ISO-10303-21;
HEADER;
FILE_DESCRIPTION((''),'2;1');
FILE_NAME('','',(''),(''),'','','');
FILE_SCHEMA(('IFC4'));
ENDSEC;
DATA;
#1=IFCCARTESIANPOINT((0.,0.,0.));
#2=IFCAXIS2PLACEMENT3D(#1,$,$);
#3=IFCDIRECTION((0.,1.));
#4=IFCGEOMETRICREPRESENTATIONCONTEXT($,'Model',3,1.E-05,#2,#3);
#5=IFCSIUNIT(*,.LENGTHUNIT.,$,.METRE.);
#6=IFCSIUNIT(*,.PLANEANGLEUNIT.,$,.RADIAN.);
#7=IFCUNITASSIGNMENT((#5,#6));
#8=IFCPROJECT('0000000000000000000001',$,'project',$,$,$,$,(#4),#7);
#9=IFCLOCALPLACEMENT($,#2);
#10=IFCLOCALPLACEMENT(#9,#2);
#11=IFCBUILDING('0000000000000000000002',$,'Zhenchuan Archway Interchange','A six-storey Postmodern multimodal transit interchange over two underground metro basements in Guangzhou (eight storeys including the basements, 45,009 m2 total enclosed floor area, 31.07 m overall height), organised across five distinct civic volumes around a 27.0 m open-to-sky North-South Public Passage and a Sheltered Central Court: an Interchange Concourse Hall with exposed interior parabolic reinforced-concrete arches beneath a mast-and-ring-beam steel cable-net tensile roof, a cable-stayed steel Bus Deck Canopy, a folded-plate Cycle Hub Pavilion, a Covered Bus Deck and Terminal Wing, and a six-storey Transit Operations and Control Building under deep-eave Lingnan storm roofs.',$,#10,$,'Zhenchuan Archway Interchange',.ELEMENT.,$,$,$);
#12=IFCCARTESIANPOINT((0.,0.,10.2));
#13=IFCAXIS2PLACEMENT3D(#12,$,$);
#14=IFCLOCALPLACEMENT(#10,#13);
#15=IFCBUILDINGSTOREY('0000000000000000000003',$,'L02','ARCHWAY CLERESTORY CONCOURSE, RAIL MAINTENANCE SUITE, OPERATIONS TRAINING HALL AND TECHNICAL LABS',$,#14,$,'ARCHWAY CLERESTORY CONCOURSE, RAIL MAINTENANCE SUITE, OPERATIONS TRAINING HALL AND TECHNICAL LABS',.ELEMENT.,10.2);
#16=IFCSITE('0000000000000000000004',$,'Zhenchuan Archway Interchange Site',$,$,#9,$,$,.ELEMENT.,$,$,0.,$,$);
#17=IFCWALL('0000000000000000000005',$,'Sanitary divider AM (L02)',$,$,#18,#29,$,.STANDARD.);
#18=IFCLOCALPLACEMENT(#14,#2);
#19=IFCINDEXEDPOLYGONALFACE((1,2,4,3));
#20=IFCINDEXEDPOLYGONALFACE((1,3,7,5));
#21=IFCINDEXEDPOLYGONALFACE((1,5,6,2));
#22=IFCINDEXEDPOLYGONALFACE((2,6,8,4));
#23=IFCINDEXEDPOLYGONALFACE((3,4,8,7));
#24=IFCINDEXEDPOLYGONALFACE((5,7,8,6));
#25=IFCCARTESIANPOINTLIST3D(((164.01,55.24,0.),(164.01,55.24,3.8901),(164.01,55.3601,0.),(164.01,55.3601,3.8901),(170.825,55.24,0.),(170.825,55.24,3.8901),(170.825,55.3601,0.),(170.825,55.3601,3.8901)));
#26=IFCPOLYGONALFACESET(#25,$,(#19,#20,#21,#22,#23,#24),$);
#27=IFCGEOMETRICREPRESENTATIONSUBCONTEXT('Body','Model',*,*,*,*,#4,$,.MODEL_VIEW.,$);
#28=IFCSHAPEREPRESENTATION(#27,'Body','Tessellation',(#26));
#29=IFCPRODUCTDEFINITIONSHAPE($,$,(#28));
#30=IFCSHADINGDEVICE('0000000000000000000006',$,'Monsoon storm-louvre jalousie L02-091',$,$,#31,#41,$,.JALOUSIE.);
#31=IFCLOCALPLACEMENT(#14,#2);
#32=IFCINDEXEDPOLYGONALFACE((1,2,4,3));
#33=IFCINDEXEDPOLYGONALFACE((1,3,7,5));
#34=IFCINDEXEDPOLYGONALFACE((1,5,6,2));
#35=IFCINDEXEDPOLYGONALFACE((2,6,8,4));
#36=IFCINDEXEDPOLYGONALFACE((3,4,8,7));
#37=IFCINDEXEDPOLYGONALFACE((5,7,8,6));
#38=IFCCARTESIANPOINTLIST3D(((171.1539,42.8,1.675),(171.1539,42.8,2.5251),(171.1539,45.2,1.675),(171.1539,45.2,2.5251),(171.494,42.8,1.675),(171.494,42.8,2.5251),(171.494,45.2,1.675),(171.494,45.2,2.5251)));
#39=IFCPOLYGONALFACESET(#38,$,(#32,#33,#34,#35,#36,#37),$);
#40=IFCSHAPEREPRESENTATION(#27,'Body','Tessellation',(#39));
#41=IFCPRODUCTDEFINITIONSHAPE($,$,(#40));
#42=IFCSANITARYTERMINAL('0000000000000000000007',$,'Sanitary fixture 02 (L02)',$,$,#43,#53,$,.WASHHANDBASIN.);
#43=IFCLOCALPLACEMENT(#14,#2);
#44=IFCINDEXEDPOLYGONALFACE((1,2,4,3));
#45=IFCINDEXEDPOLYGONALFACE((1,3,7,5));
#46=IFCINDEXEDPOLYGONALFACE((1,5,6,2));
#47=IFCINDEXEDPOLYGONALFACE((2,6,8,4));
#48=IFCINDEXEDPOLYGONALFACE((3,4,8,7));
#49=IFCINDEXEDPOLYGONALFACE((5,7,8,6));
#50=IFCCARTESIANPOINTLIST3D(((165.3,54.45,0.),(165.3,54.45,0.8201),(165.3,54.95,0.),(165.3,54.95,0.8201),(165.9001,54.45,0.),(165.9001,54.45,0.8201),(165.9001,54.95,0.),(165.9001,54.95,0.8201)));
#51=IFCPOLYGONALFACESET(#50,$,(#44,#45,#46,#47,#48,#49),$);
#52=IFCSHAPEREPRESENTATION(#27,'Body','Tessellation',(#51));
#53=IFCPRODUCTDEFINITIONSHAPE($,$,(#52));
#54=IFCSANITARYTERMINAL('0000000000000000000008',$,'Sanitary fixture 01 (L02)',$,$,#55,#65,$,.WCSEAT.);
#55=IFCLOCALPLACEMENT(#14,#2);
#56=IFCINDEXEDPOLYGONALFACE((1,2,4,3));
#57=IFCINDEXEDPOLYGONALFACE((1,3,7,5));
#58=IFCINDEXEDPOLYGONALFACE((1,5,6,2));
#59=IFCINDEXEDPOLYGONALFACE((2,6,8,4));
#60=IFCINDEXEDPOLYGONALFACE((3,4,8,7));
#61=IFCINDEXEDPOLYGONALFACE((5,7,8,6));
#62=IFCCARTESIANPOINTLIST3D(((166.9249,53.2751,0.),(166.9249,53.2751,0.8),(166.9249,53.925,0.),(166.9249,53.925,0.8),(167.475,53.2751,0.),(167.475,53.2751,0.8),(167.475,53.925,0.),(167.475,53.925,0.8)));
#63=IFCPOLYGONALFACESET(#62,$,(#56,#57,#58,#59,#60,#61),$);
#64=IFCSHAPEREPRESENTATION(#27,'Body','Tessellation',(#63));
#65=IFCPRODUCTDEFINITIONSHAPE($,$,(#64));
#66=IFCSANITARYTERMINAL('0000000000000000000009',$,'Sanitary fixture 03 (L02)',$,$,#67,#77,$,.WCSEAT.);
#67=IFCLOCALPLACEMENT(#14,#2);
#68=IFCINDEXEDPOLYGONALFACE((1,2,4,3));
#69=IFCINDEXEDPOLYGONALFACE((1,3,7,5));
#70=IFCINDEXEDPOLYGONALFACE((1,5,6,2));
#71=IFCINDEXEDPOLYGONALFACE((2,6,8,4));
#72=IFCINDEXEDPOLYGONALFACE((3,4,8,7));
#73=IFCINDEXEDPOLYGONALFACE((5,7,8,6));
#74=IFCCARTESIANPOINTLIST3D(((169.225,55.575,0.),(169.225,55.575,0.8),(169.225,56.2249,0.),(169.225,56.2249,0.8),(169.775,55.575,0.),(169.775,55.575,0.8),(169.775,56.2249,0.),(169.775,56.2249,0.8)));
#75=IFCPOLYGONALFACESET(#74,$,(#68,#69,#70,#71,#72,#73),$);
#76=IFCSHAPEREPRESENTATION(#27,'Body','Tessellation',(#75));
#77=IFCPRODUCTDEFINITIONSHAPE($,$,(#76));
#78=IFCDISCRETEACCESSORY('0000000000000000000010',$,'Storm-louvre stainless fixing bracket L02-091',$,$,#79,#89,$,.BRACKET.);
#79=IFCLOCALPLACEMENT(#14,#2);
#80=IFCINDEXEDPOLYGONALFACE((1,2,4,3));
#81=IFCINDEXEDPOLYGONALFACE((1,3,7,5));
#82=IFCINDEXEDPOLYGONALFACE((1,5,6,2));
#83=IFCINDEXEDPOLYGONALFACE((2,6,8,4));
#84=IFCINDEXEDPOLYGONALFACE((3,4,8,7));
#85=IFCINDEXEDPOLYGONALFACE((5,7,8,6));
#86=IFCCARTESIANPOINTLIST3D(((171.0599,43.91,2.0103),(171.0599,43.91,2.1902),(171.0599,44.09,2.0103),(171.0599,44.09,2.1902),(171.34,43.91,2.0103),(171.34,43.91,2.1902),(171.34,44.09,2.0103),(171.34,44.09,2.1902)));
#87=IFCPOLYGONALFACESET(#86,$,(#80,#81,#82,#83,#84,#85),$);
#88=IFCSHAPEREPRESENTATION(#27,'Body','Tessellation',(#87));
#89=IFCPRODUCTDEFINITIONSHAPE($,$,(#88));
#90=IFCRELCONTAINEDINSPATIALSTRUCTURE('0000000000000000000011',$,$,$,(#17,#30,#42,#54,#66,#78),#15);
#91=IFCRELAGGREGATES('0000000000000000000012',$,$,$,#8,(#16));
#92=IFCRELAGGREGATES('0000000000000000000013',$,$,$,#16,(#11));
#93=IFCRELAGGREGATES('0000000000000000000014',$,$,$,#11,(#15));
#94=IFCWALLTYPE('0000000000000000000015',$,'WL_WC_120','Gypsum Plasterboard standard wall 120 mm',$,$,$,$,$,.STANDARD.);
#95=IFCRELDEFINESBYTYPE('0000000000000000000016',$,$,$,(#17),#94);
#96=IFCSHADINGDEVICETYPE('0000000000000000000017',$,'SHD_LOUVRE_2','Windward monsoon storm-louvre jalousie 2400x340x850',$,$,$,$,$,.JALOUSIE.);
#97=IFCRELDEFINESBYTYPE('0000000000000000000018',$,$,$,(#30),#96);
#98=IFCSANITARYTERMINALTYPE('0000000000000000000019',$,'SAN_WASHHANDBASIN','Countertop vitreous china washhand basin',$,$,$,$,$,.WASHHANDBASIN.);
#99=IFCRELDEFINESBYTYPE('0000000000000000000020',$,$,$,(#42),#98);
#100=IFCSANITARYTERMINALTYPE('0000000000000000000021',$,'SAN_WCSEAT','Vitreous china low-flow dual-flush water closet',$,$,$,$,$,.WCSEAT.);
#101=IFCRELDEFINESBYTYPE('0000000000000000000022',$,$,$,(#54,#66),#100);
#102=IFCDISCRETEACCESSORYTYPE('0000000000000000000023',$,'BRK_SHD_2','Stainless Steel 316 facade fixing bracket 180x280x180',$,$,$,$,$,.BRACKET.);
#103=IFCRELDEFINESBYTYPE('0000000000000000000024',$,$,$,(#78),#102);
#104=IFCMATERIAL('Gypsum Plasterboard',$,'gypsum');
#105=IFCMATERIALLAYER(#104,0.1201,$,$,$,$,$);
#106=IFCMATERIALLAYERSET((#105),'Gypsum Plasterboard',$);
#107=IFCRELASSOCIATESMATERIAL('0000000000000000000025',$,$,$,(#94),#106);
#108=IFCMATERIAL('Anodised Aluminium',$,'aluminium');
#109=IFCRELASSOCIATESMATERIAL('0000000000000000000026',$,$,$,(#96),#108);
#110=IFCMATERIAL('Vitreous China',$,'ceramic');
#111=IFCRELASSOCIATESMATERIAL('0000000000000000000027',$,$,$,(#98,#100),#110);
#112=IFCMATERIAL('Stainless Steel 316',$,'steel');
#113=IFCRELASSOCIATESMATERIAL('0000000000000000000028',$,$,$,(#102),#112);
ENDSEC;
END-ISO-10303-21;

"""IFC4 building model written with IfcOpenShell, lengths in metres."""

from ifc_helpers import new_model, si_unit, direction, frame, frame_2d, origin, origin_2d, place, context, subcontext, project, spatial, rectangle, extrude, material, layer, layer_set, type_object, element, save


model = new_model("IFC4")

# Units and contexts
model_context = context("Model", 3, precision=1e-05, world=origin(), true_north=direction((0.0, 1.0)))
body_context = subcontext(model_context, "Body", "Model", "MODEL_VIEW")
ifc_project = project(units=[si_unit("LENGTHUNIT", "METRE"), si_unit("PLANEANGLEUNIT", "RADIAN")], contexts=[model_context])

# Site, building, storey
site_placement = place(None, origin())
site = spatial("IfcSite", under=ifc_project, at=site_placement, Name="Zhenchuan Archway Interchange Site", CompositionType="ELEMENT", RefElevation=0.0)
building_placement = place(site_placement, origin())
building = spatial("IfcBuilding", under=site, at=building_placement, Name="Zhenchuan Archway Interchange", Description="A six-storey Postmodern multimodal transit interchange over two underground metro basements in Guangzhou (eight storeys including the basements, 45,009 m2 total enclosed floor area, 31.07 m overall height), organised across five distinct civic volumes around a 27.0 m open-to-sky North-South Public Passage and a Sheltered Central Court: an Interchange Concourse Hall with exposed interior parabolic reinforced-concrete arches beneath a mast-and-ring-beam steel cable-net tensile roof, a cable-stayed steel Bus Deck Canopy, a folded-plate Cycle Hub Pavilion, a Covered Bus Deck and Terminal Wing, and a six-storey Transit Operations and Control Building under deep-eave Lingnan storm roofs.", LongName="Zhenchuan Archway Interchange", CompositionType="ELEMENT")
storey_placement = place(building_placement, frame((0.0, 0.0, 10.2)))
storey = spatial("IfcBuildingStorey", under=building, at=storey_placement, Name="L02", Description="ARCHWAY CLERESTORY CONCOURSE, RAIL MAINTENANCE SUITE, OPERATIONS TRAINING HALL AND TECHNICAL LABS", LongName="ARCHWAY CLERESTORY CONCOURSE, RAIL MAINTENANCE SUITE, OPERATIONS TRAINING HALL AND TECHNICAL LABS", CompositionType="ELEMENT", Elevation=10.2)

# Wall
ifc_material_1 = material(Name="Gypsum Plasterboard", Category="gypsum")
ifc_layer_1 = layer(ifc_material_1, 0.1201)
ifc_layer_set_1 = layer_set([ifc_layer_1], Name="Gypsum Plasterboard")
wall_type_1 = type_object("IfcWallType", Name="WL_WC_120", Description="Gypsum Plasterboard standard wall 120 mm", PredefinedType="STANDARD", material=ifc_layer_set_1)
for number, where, z_axis, x_axis, name in (
    (1, (164.01, 55.3, 0.0), (0.0, 0.0, 1.0), (1.0, 0.0, 0.0), "Sanitary divider AM (L02)"),
):
    element("IfcWall", number, at=place(storey_placement, frame(where, z_axis=z_axis, x_axis=x_axis)), inside=storey, type_object=wall_type_1, Name=name, PredefinedType="STANDARD", context=body_context, shape_type="SweptSolid", body=[
        extrude(rectangle(XDim=6.8149, YDim=0.1201, at=frame_2d((3.4075, 0.0))), origin(), (0.0, 0.0, 1.0), 3.8901),
    ])

# Shading device
ifc_material_2 = material(Name="Anodised Aluminium", Category="aluminium")
shading_device_type = type_object("IfcShadingDeviceType", Name="SHD_LOUVRE_2", Description="Windward monsoon storm-louvre jalousie 2400x340x850", PredefinedType="JALOUSIE", material=ifc_material_2)
shading_device_placement = place(storey_placement, frame((171.324, 44.0, 1.675), z_axis=(0.0, 0.0, 1.0), x_axis=(0.0, -1.0, 0.0)))
element("IfcShadingDevice", 2, at=shading_device_placement, inside=storey, type_object=shading_device_type, Name="Monsoon storm-louvre jalousie L02-091", PredefinedType="JALOUSIE", context=body_context, shape_type="SweptSolid", body=[
    extrude(rectangle(XDim=2.3999, YDim=0.3401, at=origin_2d()), origin(), (0.0, 0.0, 1.0), 0.8501),
])

# Sanitary terminals
ifc_material_3 = material(Name="Vitreous China", Category="ceramic")
sanitary_terminal_type_1 = type_object("IfcSanitaryTerminalType", Name="SAN_WASHHANDBASIN", Description="Countertop vitreous china washhand basin", PredefinedType="WASHHANDBASIN", material=ifc_material_3)
sanitary_terminal_placement = place(storey_placement, frame((165.6001, 54.7, 0.0), z_axis=(0.0, 0.0, 1.0), x_axis=(1.0, 0.0, 0.0)))
element("IfcSanitaryTerminal", 3, at=sanitary_terminal_placement, inside=storey, type_object=sanitary_terminal_type_1, Name="Sanitary fixture 02 (L02)", PredefinedType="WASHHANDBASIN", context=body_context, shape_type="SweptSolid", body=[
    extrude(rectangle(XDim=0.6001, YDim=0.5, at=origin_2d()), origin(), (0.0, 0.0, 1.0), 0.8201),
])
sanitary_terminal_type_2 = type_object("IfcSanitaryTerminalType", Name="SAN_WCSEAT", Description="Vitreous china low-flow dual-flush water closet", PredefinedType="WCSEAT", material=ifc_material_3)
for number, where, z_axis, x_axis, name in (
    (4, (167.2, 53.6001, 0.0), (0.0, 0.0, 1.0), (1.0, 0.0, 0.0), "Sanitary fixture 01 (L02)"),
    (5, (169.5, 55.8999, 0.0), (0.0, 0.0, 1.0), (1.0, 0.0, 0.0), "Sanitary fixture 03 (L02)"),
):
    element("IfcSanitaryTerminal", number, at=place(storey_placement, frame(where, z_axis=z_axis, x_axis=x_axis)), inside=storey, type_object=sanitary_terminal_type_2, Name=name, PredefinedType="WCSEAT", context=body_context, shape_type="SweptSolid", body=[
        extrude(rectangle(XDim=0.55, YDim=0.6499, at=origin_2d()), origin(), (0.0, 0.0, 1.0), 0.8),
    ])

# Discrete accessory
ifc_material_4 = material(Name="Stainless Steel 316", Category="steel")
discrete_accessory_type = type_object("IfcDiscreteAccessoryType", Name="BRK_SHD_2", Description="Stainless Steel 316 facade fixing bracket 180x280x180", PredefinedType="BRACKET", material=ifc_material_4)
discrete_accessory_placement = place(storey_placement, frame((171.2, 44.0, 2.0103), z_axis=(0.0, 0.0, 1.0), x_axis=(0.0, -1.0, 0.0)))
element("IfcDiscreteAccessory", 6, at=discrete_accessory_placement, inside=storey, type_object=discrete_accessory_type, Name="Storm-louvre stainless fixing bracket L02-091", PredefinedType="BRACKET", context=body_context, shape_type="SweptSolid", body=[
    extrude(rectangle(XDim=0.1799, YDim=0.28, at=origin_2d()), origin(), (0.0, 0.0, 1.0), 0.1799),
])

save(model, "model.ifc")
